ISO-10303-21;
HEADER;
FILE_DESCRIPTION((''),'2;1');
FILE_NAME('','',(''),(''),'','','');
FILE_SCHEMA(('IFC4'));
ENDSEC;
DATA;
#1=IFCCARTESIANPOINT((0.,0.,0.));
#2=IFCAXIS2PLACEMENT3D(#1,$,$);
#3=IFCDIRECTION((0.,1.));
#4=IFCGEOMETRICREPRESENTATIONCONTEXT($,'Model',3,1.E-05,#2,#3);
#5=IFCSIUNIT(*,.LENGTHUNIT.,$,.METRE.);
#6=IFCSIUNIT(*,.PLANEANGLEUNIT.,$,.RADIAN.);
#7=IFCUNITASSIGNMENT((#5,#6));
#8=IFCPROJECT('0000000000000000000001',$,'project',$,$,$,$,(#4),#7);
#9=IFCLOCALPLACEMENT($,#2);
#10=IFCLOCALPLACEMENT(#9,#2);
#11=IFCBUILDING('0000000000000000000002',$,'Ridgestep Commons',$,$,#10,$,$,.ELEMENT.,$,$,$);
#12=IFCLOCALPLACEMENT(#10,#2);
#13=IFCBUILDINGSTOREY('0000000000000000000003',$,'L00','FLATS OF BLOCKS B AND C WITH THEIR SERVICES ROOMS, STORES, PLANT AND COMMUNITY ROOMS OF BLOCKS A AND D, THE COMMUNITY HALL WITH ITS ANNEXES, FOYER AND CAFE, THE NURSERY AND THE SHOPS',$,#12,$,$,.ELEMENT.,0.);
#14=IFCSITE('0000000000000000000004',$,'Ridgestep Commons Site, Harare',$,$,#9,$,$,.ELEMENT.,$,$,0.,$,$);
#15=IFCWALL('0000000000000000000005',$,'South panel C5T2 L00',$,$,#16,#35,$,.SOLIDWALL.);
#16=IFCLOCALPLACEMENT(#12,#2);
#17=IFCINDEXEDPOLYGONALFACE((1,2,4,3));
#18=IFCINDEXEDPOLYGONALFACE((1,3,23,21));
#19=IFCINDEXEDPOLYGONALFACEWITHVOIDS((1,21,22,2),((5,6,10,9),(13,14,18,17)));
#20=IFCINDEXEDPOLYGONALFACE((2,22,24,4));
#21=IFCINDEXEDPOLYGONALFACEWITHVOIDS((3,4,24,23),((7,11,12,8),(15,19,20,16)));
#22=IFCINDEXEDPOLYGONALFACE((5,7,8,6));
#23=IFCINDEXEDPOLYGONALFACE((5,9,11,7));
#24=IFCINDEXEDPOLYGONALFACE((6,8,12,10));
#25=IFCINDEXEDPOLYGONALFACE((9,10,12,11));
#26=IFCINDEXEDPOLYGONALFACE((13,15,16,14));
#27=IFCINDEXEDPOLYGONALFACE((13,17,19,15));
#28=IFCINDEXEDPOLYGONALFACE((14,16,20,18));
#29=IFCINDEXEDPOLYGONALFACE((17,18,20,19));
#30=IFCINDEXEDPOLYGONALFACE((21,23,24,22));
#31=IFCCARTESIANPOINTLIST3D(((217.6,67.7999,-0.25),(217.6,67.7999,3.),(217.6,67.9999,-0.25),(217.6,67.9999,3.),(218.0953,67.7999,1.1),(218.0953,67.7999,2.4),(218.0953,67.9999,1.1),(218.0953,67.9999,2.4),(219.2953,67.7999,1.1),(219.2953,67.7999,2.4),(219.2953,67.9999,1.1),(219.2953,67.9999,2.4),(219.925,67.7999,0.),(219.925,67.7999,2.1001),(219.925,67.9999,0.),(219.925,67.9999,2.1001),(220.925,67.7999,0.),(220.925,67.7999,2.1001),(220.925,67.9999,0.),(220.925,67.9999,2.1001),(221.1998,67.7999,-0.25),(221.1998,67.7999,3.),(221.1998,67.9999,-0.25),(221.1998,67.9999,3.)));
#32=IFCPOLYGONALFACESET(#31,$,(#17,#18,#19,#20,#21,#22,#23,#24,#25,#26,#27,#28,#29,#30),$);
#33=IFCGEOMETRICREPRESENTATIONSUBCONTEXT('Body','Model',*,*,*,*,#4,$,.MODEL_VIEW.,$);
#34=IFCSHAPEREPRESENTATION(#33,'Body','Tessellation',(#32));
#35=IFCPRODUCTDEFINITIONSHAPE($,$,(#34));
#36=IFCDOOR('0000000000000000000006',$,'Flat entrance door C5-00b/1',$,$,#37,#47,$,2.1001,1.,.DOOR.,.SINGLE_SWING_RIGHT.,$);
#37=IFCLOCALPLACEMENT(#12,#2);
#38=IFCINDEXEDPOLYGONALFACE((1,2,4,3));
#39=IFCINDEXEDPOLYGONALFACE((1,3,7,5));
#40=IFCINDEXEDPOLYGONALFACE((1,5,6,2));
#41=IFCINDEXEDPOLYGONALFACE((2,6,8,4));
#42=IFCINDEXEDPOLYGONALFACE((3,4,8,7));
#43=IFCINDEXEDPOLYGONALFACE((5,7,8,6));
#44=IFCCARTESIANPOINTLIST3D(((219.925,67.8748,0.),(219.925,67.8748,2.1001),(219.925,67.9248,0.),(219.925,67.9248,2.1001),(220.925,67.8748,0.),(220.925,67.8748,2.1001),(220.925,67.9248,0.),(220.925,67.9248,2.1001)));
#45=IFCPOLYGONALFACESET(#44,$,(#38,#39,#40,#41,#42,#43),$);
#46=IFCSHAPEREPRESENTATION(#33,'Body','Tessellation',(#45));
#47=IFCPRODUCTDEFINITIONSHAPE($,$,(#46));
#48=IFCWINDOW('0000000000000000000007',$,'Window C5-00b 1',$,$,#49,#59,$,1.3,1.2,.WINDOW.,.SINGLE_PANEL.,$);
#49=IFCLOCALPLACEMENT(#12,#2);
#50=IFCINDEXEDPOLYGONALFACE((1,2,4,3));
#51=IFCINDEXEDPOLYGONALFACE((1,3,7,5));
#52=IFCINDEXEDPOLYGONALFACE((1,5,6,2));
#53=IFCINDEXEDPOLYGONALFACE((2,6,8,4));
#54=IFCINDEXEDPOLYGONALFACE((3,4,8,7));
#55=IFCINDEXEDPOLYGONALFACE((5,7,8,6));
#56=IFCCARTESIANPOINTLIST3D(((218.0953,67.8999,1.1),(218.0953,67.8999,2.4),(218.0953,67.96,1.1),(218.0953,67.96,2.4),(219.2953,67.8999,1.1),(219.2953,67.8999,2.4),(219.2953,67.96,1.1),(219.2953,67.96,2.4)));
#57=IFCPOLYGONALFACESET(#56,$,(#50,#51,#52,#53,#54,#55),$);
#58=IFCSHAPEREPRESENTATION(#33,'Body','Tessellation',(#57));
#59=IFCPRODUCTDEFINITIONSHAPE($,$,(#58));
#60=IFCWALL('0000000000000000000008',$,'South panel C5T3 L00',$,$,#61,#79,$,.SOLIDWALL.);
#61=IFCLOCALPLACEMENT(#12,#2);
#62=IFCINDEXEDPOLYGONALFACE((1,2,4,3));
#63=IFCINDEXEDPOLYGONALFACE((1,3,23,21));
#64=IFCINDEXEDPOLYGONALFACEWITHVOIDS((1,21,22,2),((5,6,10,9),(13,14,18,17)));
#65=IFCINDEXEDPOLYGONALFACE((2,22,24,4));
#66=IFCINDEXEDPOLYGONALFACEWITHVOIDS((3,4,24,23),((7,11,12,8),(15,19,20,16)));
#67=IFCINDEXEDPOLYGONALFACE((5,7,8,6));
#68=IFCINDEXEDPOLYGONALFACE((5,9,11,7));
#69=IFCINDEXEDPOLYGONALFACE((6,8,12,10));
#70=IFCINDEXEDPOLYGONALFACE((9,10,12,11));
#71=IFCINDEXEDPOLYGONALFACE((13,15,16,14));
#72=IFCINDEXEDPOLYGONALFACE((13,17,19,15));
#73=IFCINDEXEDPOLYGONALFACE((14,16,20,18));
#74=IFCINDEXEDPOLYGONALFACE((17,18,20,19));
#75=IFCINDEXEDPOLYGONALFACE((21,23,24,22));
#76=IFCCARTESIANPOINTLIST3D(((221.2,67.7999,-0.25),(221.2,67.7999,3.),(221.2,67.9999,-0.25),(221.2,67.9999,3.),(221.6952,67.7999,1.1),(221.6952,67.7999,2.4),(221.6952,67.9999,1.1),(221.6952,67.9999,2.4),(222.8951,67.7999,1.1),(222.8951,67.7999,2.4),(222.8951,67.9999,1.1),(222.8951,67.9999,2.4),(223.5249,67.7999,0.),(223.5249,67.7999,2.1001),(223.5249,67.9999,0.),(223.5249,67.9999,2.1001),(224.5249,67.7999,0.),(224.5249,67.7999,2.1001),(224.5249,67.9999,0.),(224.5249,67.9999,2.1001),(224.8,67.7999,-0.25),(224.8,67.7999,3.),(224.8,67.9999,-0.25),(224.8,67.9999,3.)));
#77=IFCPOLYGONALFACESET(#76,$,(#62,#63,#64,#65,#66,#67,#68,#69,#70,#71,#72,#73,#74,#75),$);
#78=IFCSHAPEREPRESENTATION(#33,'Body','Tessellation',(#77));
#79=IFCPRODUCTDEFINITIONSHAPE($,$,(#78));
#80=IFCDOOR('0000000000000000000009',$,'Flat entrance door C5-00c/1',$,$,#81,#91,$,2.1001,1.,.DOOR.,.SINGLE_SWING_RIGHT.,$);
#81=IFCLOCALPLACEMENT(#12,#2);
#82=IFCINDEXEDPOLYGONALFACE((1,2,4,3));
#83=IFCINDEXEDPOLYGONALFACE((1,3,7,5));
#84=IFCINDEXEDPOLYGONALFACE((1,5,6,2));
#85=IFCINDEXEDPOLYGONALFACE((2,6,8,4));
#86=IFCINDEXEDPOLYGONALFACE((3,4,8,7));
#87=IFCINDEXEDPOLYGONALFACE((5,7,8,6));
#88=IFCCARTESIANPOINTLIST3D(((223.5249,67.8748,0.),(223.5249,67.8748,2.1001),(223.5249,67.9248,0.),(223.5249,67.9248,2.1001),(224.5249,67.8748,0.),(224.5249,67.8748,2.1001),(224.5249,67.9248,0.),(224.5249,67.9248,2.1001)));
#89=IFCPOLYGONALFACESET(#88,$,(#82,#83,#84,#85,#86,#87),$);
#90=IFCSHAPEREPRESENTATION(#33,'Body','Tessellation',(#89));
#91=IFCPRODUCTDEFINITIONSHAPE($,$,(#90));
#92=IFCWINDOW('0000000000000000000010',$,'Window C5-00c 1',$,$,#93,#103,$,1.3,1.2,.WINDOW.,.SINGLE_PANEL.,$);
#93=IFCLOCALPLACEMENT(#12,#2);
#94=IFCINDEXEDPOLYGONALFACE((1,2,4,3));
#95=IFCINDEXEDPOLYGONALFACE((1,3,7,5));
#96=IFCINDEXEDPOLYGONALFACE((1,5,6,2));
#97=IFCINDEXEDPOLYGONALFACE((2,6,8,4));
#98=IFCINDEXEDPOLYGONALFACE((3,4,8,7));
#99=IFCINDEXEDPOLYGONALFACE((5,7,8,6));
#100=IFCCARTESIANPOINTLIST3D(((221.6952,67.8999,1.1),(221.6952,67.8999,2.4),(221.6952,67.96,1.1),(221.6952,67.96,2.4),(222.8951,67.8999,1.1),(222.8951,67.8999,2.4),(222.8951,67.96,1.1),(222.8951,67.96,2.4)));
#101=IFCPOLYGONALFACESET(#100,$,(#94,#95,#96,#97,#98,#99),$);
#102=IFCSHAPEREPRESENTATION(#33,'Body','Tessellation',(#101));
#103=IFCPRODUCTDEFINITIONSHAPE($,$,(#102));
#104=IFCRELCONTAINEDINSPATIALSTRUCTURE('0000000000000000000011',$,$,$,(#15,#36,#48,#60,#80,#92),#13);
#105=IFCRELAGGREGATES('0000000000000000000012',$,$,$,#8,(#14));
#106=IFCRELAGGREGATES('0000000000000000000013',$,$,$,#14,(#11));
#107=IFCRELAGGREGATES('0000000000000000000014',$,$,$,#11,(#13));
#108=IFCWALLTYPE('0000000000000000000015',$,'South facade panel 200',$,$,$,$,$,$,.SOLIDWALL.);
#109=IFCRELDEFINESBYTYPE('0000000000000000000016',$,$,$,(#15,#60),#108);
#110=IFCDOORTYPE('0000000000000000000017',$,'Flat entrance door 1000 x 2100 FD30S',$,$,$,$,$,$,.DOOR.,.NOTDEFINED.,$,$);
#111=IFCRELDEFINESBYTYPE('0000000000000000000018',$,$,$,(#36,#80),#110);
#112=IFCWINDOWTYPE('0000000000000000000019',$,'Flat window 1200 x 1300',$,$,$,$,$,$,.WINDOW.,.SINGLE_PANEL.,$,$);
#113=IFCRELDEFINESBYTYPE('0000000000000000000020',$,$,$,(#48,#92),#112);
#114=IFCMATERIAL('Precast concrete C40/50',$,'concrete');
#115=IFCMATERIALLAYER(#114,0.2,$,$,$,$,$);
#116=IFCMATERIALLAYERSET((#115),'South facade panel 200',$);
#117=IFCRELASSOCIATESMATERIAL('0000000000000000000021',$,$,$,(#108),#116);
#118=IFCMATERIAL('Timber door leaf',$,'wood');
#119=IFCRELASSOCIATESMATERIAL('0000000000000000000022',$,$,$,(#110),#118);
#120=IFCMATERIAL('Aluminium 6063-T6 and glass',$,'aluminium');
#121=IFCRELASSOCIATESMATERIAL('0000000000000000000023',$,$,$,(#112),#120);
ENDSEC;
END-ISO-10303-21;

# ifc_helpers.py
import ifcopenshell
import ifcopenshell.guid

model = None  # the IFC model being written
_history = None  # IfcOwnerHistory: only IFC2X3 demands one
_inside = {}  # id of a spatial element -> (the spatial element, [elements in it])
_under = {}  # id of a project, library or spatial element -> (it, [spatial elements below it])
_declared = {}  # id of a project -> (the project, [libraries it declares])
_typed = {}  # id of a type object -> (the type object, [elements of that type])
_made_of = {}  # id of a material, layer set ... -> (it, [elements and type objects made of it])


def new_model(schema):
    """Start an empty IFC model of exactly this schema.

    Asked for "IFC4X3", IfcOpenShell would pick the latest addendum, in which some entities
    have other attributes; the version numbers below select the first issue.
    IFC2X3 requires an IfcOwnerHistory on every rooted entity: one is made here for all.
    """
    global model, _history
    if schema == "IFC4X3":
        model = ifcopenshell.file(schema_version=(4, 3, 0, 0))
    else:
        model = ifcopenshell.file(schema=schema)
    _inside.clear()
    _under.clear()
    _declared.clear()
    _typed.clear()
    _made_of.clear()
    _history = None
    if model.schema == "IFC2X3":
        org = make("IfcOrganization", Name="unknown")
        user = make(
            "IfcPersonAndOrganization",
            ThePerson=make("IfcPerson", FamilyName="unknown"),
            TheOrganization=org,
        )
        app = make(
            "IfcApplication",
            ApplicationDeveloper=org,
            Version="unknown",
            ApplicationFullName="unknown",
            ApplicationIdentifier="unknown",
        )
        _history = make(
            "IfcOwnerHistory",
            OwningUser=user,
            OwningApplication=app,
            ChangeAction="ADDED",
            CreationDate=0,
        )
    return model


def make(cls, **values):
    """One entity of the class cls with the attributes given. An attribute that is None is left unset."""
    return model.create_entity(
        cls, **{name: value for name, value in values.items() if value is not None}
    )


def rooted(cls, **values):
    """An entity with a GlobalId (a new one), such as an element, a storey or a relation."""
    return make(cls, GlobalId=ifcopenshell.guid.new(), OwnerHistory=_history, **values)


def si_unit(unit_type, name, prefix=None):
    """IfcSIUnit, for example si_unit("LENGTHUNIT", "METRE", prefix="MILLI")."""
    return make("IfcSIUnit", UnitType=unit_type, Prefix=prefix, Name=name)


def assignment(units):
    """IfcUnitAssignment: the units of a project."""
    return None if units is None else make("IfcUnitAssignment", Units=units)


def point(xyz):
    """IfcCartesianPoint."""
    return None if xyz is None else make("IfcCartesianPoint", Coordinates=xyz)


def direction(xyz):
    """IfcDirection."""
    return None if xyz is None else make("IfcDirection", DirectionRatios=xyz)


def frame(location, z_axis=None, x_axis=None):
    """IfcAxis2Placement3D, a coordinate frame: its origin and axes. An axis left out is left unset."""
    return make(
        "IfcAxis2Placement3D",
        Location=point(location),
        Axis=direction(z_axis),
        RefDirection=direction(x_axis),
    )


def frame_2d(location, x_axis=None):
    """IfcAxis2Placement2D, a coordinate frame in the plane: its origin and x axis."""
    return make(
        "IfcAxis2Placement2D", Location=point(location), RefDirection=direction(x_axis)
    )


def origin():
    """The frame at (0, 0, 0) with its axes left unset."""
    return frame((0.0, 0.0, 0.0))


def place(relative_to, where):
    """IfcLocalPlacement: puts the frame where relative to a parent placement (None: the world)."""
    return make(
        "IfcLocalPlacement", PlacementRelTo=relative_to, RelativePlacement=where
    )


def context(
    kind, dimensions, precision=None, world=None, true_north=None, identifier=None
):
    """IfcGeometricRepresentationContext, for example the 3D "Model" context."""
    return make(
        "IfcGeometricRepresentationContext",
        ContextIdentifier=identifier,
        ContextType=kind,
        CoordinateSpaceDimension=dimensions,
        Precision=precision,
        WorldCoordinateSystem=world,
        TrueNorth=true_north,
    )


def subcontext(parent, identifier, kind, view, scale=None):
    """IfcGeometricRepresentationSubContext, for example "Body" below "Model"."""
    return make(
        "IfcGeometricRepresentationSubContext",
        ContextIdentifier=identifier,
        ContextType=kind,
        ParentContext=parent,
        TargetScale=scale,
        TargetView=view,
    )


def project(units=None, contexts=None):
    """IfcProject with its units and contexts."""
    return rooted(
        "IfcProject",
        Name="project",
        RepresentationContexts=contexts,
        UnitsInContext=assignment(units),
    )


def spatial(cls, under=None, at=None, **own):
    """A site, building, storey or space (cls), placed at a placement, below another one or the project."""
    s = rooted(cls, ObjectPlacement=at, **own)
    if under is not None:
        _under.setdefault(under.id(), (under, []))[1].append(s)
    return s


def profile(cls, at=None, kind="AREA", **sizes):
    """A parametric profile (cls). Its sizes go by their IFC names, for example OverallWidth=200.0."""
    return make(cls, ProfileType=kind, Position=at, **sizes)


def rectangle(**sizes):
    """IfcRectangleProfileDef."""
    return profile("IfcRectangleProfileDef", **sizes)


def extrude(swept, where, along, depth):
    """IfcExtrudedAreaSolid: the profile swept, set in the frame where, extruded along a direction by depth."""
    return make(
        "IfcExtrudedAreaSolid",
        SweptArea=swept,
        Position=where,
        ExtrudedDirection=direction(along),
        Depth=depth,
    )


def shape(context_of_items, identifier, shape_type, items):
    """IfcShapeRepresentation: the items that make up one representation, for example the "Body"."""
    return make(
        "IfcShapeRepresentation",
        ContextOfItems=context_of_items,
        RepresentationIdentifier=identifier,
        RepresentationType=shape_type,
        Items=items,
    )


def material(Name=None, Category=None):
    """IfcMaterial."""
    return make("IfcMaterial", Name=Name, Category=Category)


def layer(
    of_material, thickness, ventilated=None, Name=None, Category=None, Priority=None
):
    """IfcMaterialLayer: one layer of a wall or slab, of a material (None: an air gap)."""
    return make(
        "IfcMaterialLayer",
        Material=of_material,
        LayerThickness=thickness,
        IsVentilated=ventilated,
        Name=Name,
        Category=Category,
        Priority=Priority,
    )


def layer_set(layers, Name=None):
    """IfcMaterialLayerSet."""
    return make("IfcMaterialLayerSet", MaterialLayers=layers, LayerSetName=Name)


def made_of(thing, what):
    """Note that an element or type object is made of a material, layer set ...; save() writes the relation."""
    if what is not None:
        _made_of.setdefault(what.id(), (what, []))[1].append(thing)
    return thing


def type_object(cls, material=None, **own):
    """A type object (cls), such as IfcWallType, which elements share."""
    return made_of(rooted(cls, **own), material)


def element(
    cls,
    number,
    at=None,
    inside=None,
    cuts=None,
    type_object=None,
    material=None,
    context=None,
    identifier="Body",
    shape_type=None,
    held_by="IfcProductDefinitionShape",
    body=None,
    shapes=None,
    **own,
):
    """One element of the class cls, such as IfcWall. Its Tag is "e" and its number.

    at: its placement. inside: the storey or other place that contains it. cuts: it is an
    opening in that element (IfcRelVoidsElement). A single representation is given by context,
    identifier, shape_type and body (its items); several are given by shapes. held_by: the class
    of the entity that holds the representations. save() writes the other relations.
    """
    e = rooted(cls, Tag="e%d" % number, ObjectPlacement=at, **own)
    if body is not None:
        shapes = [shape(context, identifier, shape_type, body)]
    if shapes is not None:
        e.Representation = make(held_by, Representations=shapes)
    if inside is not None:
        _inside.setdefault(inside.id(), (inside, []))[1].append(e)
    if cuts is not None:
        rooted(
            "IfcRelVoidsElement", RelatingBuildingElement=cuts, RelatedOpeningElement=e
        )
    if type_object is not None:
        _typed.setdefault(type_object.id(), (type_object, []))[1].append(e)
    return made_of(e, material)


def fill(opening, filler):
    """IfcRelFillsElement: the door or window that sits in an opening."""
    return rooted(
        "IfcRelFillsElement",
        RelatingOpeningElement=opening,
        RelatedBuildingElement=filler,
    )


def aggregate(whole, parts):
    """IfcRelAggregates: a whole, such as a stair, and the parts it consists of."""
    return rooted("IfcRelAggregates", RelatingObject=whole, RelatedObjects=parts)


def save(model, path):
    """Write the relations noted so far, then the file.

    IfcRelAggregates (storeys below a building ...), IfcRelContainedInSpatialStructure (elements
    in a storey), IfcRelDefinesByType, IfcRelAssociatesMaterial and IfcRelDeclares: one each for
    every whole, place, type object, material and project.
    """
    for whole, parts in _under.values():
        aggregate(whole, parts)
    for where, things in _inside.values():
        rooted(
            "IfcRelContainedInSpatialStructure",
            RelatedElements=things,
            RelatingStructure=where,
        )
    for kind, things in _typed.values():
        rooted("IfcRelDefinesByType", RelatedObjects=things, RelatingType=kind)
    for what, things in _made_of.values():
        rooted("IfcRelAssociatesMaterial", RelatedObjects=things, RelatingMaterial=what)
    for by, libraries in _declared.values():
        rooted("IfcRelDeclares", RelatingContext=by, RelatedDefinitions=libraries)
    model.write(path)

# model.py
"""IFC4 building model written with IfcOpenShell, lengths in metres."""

from ifc_helpers import new_model, si_unit, direction, frame, frame_2d, origin, place, context, subcontext, project, spatial, rectangle, extrude, material, layer, layer_set, type_object, element, fill, save


model = new_model("IFC4")

# Units and contexts
model_context = context("Model", 3, precision=1e-05, world=origin(), true_north=direction((0.0, 1.0)))
body_context = subcontext(model_context, "Body", "Model", "MODEL_VIEW")
ifc_project = project(units=[si_unit("LENGTHUNIT", "METRE"), si_unit("PLANEANGLEUNIT", "RADIAN")], contexts=[model_context])

# Site, building, storey
site_placement = place(None, origin())
site = spatial("IfcSite", under=ifc_project, at=site_placement, Name="Ridgestep Commons Site, Harare", CompositionType="ELEMENT", RefElevation=0.0)
building_placement = place(site_placement, origin())
building = spatial("IfcBuilding", under=site, at=building_placement, Name="Ridgestep Commons", CompositionType="ELEMENT")
storey_placement = place(building_placement, origin())
storey = spatial("IfcBuildingStorey", under=building, at=storey_placement, Name="L00", Description="FLATS OF BLOCKS B AND C WITH THEIR SERVICES ROOMS, STORES, PLANT AND COMMUNITY ROOMS OF BLOCKS A AND D, THE COMMUNITY HALL WITH ITS ANNEXES, FOYER AND CAFE, THE NURSERY AND THE SHOPS", CompositionType="ELEMENT", Elevation=0.0)

# Walls, openings, doors, windows
ifc_material_1 = material(Name="Precast concrete C40/50", Category="concrete")
ifc_layer_1 = layer(ifc_material_1, 0.2)
ifc_layer_set_1 = layer_set([ifc_layer_1], Name="South facade panel 200")
wall_type_1 = type_object("IfcWallType", Name="South facade panel 200", PredefinedType="SOLIDWALL", material=ifc_layer_set_1)
ifc_material_2 = material(Name="Timber door leaf", Category="wood")
door_type_1 = type_object("IfcDoorType", Name="Flat entrance door 1000 x 2100 FD30S", OperationType="NOTDEFINED", PredefinedType="DOOR", material=ifc_material_2)
ifc_material_3 = material(Name="Aluminium 6063-T6 and glass", Category="aluminium")
window_type = type_object("IfcWindowType", Name="Flat window 1200 x 1300", PartitioningType="SINGLE_PANEL", PredefinedType="WINDOW", material=ifc_material_3)
wall_1_placement = place(storey_placement, frame((217.6001, 67.8999, -0.25), z_axis=(0.0, 0.0, 1.0), x_axis=(1.0, 0.0, 0.0)))
wall_1 = element("IfcWall", 1, at=wall_1_placement, inside=storey, type_object=wall_type_1, Name="South panel C5T2 L00", PredefinedType="SOLIDWALL", context=body_context, shape_type="SweptSolid", body=[
    extrude(rectangle(XDim=3.5999, YDim=0.2, at=frame_2d((1.7998, 0.0))), origin(), (0.0, 0.0, 1.0), 3.25),
])
opening_1_placement = place(wall_1_placement, frame((0.4951, 0.0, 1.3501)))
opening_1 = element("IfcOpeningElement", 2, at=opening_1_placement, cuts=wall_1, PredefinedType="OPENING", context=body_context, shape_type="SweptSolid", body=[
    extrude(rectangle(XDim=1.2, YDim=1.3, at=frame_2d((0.6001, 0.6499))), frame((0.0, 0.1099, 0.0), z_axis=(0.0, -1.0, 0.0), x_axis=(1.0, 0.0, 0.0)), (0.0, 0.0, 1.0), 0.22),
])
opening_2_placement = place(wall_1_placement, frame((2.325, 0.0, 0.25)))
opening_2 = element("IfcOpeningElement", 3, at=opening_2_placement, cuts=wall_1, PredefinedType="OPENING", context=body_context, shape_type="SweptSolid", body=[
    extrude(rectangle(XDim=1.0, YDim=2.1001, at=frame_2d((0.5, 1.05))), frame((0.0, 0.1099, 0.0), z_axis=(0.0, -1.0, 0.0), x_axis=(1.0, 0.0, 0.0)), (0.0, 0.0, 1.0), 0.22),
])
door_1_placement = place(opening_2_placement, origin())
door_1 = element("IfcDoor", 4, at=door_1_placement, inside=storey, type_object=door_type_1, Name="Flat entrance door C5-00b/1", OperationType="SINGLE_SWING_RIGHT", OverallHeight=2.1001, OverallWidth=1.0, PredefinedType="DOOR", context=body_context, shape_type="SweptSolid", body=[
    extrude(rectangle(XDim=1.0, YDim=2.1001, at=frame_2d((0.5, 1.05))), frame((0.0, 0.0249, 0.0), z_axis=(0.0, -1.0, 0.0), x_axis=(1.0, 0.0, 0.0)), (0.0, 0.0, 1.0), 0.05),
])
fill(opening_2, door_1)
window_1_placement = place(opening_1_placement, origin())
window_1 = element("IfcWindow", 5, at=window_1_placement, inside=storey, type_object=window_type, Name="Window C5-00b 1", OverallHeight=1.3, OverallWidth=1.2, PartitioningType="SINGLE_PANEL", PredefinedType="WINDOW", context=body_context, shape_type="SweptSolid", body=[
    extrude(rectangle(XDim=1.2, YDim=1.3, at=frame_2d((0.6001, 0.6499))), frame((0.0, 0.0601, 0.0), z_axis=(0.0, -1.0, 0.0), x_axis=(1.0, 0.0, 0.0)), (0.0, 0.0, 1.0), 0.0601),
])
fill(opening_1, window_1)
wall_2_placement = place(storey_placement, frame((221.2, 67.8999, -0.25), z_axis=(0.0, 0.0, 1.0), x_axis=(1.0, 0.0, 0.0)))
wall_2 = element("IfcWall", 6, at=wall_2_placement, inside=storey, type_object=wall_type_1, Name="South panel C5T3 L00", PredefinedType="SOLIDWALL", context=body_context, shape_type="SweptSolid", body=[
    extrude(rectangle(XDim=3.6001, YDim=0.2, at=frame_2d((1.8, 0.0))), origin(), (0.0, 0.0, 1.0), 3.25),
])
opening_3_placement = place(wall_2_placement, frame((0.4951, 0.0, 1.3501)))
opening_3 = element("IfcOpeningElement", 7, at=opening_3_placement, cuts=wall_2, PredefinedType="OPENING", context=body_context, shape_type="SweptSolid", body=[
    extrude(rectangle(XDim=1.2, YDim=1.3, at=frame_2d((0.6001, 0.6499))), frame((0.0, 0.1099, 0.0), z_axis=(0.0, -1.0, 0.0), x_axis=(1.0, 0.0, 0.0)), (0.0, 0.0, 1.0), 0.22),
])
opening_4_placement = place(wall_2_placement, frame((2.325, 0.0, 0.25)))
opening_4 = element("IfcOpeningElement", 8, at=opening_4_placement, cuts=wall_2, PredefinedType="OPENING", context=body_context, shape_type="SweptSolid", body=[
    extrude(rectangle(XDim=1.0, YDim=2.1001, at=frame_2d((0.5, 1.05))), frame((0.0, 0.1099, 0.0), z_axis=(0.0, -1.0, 0.0), x_axis=(1.0, 0.0, 0.0)), (0.0, 0.0, 1.0), 0.22),
])
door_2_placement = place(opening_4_placement, origin())
door_2 = element("IfcDoor", 9, at=door_2_placement, inside=storey, type_object=door_type_1, Name="Flat entrance door C5-00c/1", OperationType="SINGLE_SWING_RIGHT", OverallHeight=2.1001, OverallWidth=1.0, PredefinedType="DOOR", context=body_context, shape_type="SweptSolid", body=[
    extrude(rectangle(XDim=1.0, YDim=2.1001, at=frame_2d((0.5, 1.05))), frame((0.0, 0.0249, 0.0), z_axis=(0.0, -1.0, 0.0), x_axis=(1.0, 0.0, 0.0)), (0.0, 0.0, 1.0), 0.05),
])
fill(opening_4, door_2)
window_2_placement = place(opening_3_placement, origin())
window_2 = element("IfcWindow", 10, at=window_2_placement, inside=storey, type_object=window_type, Name="Window C5-00c 1", OverallHeight=1.3, OverallWidth=1.2, PartitioningType="SINGLE_PANEL", PredefinedType="WINDOW", context=body_context, shape_type="SweptSolid", body=[
    extrude(rectangle(XDim=1.2, YDim=1.3, at=frame_2d((0.6001, 0.6499))), frame((0.0, 0.0601, 0.0), z_axis=(0.0, -1.0, 0.0), x_axis=(1.0, 0.0, 0.0)), (0.0, 0.0, 1.0), 0.0601),
])
fill(opening_3, window_2)

save(model, "model.ifc")
